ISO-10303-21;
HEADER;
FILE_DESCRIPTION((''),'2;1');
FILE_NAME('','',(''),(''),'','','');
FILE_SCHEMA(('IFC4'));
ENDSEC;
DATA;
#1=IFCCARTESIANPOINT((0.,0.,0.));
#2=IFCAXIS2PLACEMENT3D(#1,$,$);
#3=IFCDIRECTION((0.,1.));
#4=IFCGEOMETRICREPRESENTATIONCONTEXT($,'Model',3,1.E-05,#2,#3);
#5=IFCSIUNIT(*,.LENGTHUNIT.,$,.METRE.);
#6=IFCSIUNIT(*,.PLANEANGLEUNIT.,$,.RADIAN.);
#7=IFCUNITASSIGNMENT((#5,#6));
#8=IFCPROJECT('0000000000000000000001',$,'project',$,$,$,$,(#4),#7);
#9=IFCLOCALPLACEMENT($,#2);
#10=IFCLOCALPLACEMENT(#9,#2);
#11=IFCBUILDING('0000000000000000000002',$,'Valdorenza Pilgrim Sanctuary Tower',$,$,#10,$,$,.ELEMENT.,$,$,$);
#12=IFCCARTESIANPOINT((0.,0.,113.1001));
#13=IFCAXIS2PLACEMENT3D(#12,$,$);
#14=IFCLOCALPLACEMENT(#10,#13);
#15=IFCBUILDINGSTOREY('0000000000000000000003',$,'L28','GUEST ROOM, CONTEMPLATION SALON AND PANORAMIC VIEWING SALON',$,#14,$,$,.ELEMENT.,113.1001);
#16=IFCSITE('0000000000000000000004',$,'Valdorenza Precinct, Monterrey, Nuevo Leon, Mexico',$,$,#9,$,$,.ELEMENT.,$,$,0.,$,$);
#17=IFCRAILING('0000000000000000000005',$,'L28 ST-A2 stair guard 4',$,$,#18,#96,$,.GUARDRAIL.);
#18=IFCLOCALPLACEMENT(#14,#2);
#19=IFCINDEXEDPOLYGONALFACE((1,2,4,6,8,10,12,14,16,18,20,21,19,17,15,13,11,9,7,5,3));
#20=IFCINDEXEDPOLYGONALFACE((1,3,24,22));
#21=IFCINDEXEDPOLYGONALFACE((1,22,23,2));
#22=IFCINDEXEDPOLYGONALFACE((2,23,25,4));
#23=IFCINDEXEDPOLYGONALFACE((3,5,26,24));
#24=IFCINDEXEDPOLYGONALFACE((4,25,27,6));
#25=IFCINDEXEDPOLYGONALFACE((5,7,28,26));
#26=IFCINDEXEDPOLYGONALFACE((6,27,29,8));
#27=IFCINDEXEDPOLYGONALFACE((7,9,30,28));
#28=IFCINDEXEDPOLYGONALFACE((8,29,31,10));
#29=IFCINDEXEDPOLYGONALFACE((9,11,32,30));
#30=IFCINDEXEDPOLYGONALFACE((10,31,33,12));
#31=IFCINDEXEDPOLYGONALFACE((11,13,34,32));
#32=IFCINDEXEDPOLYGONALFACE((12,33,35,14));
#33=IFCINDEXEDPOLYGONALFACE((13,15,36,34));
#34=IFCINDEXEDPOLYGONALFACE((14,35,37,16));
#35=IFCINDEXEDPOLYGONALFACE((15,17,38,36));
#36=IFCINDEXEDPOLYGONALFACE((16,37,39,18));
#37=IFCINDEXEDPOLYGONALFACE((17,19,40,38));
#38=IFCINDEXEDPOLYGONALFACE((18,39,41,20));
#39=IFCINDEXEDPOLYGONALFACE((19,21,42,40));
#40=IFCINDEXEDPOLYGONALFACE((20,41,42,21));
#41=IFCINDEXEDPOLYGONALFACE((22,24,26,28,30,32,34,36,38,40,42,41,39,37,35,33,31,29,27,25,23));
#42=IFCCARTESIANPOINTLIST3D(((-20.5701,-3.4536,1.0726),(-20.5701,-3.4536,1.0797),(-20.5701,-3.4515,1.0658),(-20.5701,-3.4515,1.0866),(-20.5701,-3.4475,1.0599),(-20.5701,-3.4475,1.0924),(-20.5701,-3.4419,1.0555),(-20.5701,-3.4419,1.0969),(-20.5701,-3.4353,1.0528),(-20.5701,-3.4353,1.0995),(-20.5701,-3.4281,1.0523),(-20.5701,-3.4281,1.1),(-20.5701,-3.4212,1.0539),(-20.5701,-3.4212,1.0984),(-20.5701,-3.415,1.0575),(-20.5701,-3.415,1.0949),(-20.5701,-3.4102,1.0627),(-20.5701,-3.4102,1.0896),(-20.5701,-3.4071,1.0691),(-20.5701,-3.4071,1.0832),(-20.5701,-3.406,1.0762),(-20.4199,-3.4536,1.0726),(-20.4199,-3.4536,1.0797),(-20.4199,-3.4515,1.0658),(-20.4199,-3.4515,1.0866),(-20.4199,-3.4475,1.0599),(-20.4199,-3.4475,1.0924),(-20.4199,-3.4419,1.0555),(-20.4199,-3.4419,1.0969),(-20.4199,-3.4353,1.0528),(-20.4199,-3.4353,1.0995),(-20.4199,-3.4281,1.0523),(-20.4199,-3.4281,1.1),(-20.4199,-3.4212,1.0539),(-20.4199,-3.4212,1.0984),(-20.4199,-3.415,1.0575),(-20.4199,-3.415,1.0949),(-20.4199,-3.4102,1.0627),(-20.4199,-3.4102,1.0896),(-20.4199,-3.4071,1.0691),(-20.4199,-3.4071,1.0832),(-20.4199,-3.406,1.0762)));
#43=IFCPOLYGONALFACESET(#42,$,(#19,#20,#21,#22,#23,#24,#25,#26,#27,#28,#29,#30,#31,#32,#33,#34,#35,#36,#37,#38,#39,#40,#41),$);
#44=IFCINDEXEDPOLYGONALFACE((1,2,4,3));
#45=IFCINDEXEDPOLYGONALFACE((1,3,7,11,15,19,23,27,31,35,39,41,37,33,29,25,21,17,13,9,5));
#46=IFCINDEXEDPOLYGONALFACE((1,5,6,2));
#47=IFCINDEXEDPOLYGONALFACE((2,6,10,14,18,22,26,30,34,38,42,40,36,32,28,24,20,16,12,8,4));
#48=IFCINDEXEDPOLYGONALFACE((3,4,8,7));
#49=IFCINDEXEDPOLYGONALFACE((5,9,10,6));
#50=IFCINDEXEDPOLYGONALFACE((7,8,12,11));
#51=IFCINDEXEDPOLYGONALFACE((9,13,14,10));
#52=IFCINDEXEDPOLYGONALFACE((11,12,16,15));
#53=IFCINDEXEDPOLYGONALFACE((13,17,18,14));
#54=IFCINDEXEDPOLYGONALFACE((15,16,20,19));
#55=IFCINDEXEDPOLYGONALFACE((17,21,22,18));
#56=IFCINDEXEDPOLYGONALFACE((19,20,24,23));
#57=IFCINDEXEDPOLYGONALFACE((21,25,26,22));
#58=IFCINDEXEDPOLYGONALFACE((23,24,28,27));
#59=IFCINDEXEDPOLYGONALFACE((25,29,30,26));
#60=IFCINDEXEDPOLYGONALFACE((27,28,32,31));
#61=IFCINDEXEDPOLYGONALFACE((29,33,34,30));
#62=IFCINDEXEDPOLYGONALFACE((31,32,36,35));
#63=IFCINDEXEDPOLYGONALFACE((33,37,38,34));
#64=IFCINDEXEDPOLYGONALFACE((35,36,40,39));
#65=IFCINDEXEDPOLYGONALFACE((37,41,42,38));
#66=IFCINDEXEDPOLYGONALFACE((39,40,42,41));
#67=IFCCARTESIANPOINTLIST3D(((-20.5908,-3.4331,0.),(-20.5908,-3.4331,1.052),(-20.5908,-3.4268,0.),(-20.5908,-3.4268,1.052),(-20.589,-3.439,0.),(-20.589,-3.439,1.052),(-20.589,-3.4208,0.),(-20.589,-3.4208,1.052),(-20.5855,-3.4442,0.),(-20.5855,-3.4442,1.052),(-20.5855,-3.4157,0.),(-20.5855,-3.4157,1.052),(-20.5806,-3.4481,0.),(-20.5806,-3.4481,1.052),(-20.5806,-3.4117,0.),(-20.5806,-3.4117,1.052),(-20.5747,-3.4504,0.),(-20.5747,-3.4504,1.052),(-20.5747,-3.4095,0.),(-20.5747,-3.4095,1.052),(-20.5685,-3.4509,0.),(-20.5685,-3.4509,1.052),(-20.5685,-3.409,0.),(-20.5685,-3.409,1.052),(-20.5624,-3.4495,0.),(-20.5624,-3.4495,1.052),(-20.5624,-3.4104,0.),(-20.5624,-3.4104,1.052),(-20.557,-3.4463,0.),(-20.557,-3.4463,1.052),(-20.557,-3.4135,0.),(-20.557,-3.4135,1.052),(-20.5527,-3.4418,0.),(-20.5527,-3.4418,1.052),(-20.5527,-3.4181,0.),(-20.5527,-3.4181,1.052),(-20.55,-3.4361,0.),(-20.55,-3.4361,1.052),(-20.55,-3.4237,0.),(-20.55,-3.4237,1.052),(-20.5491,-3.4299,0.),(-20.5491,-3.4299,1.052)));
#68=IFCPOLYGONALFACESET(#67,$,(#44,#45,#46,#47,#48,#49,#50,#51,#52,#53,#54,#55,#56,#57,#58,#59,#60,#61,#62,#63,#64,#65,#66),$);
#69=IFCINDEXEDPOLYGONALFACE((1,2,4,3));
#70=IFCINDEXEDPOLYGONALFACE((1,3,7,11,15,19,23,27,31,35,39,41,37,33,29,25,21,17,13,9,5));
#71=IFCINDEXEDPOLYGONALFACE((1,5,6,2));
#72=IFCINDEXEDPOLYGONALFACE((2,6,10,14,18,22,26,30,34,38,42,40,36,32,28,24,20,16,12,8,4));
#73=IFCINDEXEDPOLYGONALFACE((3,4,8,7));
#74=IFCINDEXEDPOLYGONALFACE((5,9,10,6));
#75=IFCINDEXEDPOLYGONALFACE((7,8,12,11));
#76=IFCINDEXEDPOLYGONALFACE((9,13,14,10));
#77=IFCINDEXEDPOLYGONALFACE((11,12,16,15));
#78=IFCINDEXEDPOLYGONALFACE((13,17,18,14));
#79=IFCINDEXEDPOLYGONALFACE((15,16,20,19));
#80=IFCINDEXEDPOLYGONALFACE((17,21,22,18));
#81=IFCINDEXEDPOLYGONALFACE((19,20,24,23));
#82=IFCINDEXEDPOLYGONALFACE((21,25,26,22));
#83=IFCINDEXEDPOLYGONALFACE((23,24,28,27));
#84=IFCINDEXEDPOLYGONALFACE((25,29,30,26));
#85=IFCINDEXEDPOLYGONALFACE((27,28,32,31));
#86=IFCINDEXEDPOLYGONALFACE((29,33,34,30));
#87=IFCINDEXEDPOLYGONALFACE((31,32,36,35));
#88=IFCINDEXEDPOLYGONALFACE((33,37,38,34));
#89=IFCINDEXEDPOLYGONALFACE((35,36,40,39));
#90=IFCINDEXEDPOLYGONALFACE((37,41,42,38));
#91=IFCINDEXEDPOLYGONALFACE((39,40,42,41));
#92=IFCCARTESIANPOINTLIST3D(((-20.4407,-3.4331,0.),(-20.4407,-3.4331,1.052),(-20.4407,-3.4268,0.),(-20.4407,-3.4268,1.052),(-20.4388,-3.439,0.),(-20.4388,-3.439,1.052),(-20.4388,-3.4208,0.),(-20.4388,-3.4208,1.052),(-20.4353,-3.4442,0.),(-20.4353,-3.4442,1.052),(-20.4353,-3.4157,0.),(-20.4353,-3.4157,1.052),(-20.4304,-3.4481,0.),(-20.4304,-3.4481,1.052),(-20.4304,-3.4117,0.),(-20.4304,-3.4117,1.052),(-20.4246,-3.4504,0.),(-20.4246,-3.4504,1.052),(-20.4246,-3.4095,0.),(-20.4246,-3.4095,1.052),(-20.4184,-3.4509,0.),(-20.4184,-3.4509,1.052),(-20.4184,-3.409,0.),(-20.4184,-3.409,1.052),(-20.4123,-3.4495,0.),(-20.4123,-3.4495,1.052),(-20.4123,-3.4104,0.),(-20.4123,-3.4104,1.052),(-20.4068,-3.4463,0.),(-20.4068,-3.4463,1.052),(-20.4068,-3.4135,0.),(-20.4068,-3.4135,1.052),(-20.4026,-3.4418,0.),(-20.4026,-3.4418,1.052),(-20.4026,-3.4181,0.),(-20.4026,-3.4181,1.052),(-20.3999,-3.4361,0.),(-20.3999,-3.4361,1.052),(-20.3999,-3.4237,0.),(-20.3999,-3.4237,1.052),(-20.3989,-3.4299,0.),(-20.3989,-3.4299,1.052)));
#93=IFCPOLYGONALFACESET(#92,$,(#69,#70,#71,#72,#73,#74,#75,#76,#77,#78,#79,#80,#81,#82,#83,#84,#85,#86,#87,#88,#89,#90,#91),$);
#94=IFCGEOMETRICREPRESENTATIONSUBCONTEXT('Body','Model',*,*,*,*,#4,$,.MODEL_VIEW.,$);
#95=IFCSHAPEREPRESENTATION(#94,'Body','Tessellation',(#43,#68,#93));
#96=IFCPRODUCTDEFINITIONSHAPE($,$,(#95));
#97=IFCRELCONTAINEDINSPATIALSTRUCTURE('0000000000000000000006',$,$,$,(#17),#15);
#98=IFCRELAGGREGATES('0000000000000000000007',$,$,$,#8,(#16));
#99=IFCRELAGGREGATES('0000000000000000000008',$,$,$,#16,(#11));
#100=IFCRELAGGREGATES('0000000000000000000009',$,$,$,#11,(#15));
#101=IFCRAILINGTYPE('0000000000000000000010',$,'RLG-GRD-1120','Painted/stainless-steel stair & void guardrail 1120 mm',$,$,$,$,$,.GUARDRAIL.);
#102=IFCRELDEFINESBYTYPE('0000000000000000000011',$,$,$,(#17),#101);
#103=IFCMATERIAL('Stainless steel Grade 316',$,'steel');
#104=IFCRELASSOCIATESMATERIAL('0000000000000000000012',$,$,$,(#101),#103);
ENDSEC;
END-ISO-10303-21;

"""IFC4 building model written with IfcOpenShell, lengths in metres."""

from ifc_helpers import new_model, si_unit, direction, frame, origin, origin_2d, place, context, subcontext, project, spatial, circle, extrude, material, type_object, element, save


model = new_model("IFC4")

# Units and contexts
model_context = context("Model", 3, precision=1e-05, world=origin(), true_north=direction((0.0, 1.0)))
body_context = subcontext(model_context, "Body", "Model", "MODEL_VIEW")
ifc_project = project(units=[si_unit("LENGTHUNIT", "METRE"), si_unit("PLANEANGLEUNIT", "RADIAN")], contexts=[model_context])

# Site, building, storey
site_placement = place(None, origin())
site = spatial("IfcSite", under=ifc_project, at=site_placement, Name="Valdorenza Precinct, Monterrey, Nuevo Leon, Mexico", CompositionType="ELEMENT", RefElevation=0.0)
building_placement = place(site_placement, origin())
building = spatial("IfcBuilding", under=site, at=building_placement, Name="Valdorenza Pilgrim Sanctuary Tower", CompositionType="ELEMENT")
storey_placement = place(building_placement, frame((0.0, 0.0, 113.1001)))
storey = spatial("IfcBuildingStorey", under=building, at=storey_placement, Name="L28", Description="GUEST ROOM, CONTEMPLATION SALON AND PANORAMIC VIEWING SALON", CompositionType="ELEMENT", Elevation=113.1001)

# Railing
ifc_material_1 = material(Name="Stainless steel Grade 316", Category="steel")
railing_type_1 = type_object("IfcRailingType", Name="RLG-GRD-1120", Description="Painted/stainless-steel stair & void guardrail 1120 mm", PredefinedType="GUARDRAIL", material=ifc_material_1)
railing_1_placement = place(storey_placement, frame((-20.5701, -3.4299, 0.0)))
element("IfcRailing", 1, at=railing_1_placement, inside=storey, type_object=railing_type_1, Name="L28 ST-A2 stair guard 4", PredefinedType="GUARDRAIL", context=body_context, shape_type="SweptSolid", body=[
    extrude(circle(Radius=0.0239, at=origin_2d()), frame((0.0, 0.0, 1.0762), z_axis=(1.0, 0.0, 0.0), x_axis=(0.0, 1.0, 0.0)), (0.0, 0.0, 1.0), 0.1501),
    extrude(circle(Radius=0.021, at=origin_2d()), origin(), (0.0, 0.0, 1.0), 1.052),
    extrude(circle(Radius=0.021, at=origin_2d()), frame((0.1501, 0.0, 0.0)), (0.0, 0.0, 1.0), 1.052),
])

save(model, "model.ifc")
